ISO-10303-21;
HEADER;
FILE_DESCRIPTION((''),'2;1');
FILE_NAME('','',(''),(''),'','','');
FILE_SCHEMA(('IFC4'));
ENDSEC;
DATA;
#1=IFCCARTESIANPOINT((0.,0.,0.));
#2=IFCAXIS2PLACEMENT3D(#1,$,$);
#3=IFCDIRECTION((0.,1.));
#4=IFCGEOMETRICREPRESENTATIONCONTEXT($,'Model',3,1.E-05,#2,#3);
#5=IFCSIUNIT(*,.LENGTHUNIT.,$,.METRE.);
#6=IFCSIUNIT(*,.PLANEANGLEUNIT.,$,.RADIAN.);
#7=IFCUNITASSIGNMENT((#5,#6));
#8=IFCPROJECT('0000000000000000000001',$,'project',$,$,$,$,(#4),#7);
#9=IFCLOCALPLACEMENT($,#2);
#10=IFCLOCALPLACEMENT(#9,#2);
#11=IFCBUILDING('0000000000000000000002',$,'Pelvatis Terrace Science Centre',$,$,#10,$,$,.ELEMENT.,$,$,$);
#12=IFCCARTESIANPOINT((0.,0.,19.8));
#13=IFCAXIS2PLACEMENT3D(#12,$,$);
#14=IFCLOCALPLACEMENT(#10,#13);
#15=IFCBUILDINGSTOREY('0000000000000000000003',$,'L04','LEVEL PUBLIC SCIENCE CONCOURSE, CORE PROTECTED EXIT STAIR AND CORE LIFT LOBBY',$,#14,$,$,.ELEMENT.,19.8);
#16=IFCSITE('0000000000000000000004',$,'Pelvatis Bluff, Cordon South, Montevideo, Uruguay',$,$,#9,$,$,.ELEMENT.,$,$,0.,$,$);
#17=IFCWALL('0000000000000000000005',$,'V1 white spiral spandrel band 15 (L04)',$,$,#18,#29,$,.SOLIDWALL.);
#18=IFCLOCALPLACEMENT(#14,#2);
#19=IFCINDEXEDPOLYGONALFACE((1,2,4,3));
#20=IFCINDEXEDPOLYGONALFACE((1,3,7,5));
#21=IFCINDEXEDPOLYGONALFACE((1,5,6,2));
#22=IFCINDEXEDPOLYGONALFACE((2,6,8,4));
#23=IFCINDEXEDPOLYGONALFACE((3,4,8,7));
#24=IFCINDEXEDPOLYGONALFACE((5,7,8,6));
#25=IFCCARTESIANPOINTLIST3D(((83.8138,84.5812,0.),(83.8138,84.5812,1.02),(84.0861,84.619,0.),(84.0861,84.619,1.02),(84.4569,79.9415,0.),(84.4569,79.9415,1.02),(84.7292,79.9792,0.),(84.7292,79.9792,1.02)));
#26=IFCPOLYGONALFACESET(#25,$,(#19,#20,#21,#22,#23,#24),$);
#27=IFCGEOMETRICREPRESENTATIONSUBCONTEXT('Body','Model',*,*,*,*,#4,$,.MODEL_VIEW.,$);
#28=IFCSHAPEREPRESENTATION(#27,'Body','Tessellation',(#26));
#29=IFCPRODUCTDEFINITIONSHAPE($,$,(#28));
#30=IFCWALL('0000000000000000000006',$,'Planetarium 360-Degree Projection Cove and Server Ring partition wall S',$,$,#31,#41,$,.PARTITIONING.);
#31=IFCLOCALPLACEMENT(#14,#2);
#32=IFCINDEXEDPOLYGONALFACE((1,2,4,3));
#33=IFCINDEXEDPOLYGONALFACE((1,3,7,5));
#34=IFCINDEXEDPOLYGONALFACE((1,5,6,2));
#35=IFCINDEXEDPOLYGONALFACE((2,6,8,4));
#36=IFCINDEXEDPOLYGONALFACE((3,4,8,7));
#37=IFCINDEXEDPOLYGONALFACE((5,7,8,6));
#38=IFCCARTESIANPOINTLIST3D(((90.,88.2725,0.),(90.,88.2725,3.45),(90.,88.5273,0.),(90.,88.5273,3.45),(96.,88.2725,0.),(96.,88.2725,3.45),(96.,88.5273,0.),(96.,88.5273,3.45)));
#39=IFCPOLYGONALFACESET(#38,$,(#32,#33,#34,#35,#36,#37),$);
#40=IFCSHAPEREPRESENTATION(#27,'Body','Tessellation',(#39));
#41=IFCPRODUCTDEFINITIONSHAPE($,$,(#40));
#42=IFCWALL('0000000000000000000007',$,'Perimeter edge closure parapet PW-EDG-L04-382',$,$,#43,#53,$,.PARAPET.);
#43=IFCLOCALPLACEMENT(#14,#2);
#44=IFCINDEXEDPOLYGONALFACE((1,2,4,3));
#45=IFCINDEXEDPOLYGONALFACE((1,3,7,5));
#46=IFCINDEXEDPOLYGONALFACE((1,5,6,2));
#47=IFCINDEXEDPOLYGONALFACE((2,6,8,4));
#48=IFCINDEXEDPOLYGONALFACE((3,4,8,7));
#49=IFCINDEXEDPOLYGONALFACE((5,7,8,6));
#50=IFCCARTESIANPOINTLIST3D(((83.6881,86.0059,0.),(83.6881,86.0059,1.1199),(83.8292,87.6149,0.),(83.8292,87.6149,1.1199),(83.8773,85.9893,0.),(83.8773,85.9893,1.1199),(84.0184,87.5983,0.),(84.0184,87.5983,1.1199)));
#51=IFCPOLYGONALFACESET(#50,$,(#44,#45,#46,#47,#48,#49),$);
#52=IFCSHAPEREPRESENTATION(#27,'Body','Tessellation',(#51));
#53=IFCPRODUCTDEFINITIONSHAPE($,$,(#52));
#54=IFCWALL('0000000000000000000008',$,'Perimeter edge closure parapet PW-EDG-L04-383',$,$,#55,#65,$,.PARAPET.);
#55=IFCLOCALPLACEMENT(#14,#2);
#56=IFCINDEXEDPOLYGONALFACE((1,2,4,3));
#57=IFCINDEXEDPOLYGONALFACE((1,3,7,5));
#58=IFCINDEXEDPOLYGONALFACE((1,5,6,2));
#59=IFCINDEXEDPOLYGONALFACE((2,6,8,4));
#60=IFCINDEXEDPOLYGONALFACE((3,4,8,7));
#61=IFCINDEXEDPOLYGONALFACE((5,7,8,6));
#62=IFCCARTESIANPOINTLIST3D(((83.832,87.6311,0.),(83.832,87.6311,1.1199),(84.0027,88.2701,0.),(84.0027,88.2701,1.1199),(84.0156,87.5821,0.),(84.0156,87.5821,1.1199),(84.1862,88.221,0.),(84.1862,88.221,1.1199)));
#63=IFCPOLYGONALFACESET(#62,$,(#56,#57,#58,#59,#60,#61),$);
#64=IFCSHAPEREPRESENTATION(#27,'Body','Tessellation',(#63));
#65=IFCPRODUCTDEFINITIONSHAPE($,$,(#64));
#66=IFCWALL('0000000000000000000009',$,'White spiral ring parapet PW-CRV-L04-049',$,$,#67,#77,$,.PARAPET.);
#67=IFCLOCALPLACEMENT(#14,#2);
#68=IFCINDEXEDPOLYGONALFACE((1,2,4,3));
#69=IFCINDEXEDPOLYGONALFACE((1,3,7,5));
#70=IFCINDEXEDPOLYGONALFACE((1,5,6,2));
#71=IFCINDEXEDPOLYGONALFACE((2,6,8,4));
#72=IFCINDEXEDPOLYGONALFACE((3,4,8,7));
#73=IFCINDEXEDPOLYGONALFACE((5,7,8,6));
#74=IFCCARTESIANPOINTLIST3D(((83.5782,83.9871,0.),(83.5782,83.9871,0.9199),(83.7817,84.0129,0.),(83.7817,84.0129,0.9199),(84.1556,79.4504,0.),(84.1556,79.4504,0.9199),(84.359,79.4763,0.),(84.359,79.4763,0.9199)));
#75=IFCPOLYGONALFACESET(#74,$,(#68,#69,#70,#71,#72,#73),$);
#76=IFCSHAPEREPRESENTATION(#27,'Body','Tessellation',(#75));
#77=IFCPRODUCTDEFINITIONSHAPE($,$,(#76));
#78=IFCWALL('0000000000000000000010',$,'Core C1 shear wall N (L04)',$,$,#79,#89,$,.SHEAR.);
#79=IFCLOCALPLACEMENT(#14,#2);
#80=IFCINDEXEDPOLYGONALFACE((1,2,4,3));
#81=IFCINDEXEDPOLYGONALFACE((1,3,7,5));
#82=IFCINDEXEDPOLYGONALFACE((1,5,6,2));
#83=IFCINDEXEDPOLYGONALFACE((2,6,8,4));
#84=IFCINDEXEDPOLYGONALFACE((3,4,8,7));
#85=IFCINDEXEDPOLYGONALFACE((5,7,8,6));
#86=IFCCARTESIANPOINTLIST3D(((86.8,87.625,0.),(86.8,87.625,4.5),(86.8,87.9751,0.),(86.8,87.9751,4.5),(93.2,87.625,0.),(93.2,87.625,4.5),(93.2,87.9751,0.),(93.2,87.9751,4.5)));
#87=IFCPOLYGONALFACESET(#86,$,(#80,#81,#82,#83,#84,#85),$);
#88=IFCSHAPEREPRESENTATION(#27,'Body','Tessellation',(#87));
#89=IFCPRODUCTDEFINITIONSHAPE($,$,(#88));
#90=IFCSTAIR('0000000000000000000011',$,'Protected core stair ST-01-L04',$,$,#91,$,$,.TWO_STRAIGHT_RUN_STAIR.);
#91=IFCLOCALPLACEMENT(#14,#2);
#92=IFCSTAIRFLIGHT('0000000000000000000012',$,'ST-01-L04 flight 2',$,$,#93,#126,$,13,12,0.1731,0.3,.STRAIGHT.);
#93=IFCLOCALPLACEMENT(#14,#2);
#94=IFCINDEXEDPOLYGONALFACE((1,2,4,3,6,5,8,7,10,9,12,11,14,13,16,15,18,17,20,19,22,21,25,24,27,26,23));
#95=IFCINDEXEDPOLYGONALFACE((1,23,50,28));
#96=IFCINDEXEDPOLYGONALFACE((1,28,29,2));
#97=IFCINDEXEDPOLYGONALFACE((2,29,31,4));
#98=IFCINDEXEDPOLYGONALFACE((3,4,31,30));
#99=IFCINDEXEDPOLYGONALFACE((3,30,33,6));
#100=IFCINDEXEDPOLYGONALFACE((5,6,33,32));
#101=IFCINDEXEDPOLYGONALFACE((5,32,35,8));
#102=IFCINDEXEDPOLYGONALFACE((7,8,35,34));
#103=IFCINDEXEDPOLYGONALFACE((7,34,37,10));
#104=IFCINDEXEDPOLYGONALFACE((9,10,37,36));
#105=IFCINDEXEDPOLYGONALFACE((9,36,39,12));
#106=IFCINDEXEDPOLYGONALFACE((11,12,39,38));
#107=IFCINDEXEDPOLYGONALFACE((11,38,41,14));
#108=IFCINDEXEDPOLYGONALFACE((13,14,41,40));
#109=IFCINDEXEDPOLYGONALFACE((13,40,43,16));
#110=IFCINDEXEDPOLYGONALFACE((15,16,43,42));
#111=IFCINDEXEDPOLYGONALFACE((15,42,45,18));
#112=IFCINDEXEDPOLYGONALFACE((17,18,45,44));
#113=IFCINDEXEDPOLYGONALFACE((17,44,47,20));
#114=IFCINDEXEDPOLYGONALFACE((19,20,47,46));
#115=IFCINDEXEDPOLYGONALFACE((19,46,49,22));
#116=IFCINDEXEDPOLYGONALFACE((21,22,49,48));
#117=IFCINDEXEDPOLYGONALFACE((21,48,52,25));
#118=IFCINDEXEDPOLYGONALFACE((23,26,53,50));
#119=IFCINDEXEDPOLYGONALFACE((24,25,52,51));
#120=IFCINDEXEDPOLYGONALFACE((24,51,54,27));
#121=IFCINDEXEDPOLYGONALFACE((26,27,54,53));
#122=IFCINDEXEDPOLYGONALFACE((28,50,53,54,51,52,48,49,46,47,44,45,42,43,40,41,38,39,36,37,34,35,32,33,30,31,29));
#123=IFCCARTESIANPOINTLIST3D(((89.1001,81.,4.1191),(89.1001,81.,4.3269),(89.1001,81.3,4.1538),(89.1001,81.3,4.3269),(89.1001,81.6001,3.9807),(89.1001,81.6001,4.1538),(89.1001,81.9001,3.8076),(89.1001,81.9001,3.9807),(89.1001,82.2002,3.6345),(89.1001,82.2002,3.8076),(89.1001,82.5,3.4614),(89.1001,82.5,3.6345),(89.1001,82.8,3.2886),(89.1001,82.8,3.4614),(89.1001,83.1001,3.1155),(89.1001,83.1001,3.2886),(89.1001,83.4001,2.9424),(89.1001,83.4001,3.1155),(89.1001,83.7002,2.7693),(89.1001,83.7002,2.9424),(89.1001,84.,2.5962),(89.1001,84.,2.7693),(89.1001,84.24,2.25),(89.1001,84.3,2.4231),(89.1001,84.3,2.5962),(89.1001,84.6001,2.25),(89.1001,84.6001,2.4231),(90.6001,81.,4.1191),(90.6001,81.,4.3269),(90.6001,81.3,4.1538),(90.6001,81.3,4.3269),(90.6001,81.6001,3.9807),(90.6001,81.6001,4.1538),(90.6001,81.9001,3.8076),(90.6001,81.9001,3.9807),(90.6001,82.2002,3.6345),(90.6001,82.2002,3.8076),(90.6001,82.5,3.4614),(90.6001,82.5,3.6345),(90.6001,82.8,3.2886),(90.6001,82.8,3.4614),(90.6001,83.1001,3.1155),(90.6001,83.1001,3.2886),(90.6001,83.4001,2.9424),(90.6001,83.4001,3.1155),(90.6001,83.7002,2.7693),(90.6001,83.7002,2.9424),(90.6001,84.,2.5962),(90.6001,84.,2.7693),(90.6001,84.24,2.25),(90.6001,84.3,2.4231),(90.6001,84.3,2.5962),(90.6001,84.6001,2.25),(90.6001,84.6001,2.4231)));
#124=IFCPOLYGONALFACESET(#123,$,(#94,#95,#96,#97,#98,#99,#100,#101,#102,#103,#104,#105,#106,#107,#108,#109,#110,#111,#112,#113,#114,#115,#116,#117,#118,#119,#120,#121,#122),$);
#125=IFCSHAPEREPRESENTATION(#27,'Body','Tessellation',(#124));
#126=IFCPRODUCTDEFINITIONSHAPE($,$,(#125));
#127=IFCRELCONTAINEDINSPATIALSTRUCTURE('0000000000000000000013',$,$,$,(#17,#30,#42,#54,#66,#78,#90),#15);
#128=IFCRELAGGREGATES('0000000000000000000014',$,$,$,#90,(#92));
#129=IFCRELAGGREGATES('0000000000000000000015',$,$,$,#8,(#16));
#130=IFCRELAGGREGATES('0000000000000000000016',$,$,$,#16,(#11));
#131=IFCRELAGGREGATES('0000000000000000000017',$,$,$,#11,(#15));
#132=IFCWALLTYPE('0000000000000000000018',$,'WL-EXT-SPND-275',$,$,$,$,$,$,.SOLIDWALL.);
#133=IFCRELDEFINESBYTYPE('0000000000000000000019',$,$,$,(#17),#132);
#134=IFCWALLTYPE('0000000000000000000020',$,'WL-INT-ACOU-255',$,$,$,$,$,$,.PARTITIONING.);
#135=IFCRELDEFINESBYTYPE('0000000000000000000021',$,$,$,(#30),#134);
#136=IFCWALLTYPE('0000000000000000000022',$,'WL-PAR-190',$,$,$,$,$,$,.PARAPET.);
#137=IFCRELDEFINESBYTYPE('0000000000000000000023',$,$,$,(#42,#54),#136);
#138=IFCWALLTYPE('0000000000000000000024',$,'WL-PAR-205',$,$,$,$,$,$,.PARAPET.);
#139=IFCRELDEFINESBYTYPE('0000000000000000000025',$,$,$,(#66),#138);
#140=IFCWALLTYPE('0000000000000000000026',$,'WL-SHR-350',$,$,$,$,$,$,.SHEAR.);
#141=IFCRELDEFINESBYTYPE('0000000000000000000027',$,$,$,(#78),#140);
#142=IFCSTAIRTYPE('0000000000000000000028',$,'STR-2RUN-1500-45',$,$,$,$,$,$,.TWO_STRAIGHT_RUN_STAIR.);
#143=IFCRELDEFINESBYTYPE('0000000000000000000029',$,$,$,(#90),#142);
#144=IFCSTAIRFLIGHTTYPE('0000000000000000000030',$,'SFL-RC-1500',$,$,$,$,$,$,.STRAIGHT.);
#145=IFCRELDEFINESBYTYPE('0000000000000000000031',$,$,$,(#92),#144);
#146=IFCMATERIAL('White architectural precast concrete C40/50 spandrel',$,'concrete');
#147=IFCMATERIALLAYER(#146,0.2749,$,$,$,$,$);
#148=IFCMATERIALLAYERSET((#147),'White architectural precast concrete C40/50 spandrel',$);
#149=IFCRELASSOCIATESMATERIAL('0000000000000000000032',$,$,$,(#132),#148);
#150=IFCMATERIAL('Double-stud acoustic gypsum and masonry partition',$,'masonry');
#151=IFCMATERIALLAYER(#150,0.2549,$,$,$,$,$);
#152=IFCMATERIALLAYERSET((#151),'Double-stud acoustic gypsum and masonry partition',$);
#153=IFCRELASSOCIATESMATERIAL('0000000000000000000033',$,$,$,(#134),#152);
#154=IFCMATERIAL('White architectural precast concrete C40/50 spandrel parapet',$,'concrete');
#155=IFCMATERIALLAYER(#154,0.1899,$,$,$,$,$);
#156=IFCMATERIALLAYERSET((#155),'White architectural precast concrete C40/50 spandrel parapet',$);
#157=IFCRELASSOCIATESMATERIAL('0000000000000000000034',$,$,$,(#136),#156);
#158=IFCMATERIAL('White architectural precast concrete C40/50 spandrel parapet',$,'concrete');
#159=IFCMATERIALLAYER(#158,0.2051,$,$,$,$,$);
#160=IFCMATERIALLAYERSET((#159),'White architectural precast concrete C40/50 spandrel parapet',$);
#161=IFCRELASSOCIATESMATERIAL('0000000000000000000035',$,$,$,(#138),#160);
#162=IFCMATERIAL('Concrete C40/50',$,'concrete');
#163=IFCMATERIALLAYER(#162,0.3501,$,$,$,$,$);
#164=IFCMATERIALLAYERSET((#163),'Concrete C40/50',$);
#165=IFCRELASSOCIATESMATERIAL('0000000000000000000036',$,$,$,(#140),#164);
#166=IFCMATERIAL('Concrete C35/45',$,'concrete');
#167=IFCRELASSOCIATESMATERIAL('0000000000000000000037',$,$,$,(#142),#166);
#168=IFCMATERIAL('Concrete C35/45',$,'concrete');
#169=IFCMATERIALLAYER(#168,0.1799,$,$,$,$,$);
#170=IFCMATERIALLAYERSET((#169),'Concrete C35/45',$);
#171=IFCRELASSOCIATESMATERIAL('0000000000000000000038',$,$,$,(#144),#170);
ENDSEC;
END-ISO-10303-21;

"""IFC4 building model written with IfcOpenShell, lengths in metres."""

from ifc_helpers import new_model, si_unit, direction, frame, frame_2d, origin, place, context, subcontext, project, spatial, polyline, rectangle, outline, extrude, material, layer, layer_set, type_object, element, aggregate, save


model = new_model("IFC4")

# Units and contexts
model_context = context("Model", 3, precision=1e-05, world=origin(), true_north=direction((0.0, 1.0)))
body_context = subcontext(model_context, "Body", "Model", "MODEL_VIEW")
ifc_project = project(units=[si_unit("LENGTHUNIT", "METRE"), si_unit("PLANEANGLEUNIT", "RADIAN")], contexts=[model_context])

# Site, building, storey
site_placement = place(None, origin())
site = spatial("IfcSite", under=ifc_project, at=site_placement, Name="Pelvatis Bluff, Cordon South, Montevideo, Uruguay", CompositionType="ELEMENT", RefElevation=0.0)
building_placement = place(site_placement, origin())
building = spatial("IfcBuilding", under=site, at=building_placement, Name="Pelvatis Terrace Science Centre", CompositionType="ELEMENT")
storey_placement = place(building_placement, frame((0.0, 0.0, 19.8)))
storey = spatial("IfcBuildingStorey", under=building, at=storey_placement, Name="L04", Description="LEVEL PUBLIC SCIENCE CONCOURSE, CORE PROTECTED EXIT STAIR AND CORE LIFT LOBBY", CompositionType="ELEMENT", Elevation=19.8)

# Walls
ifc_material_1 = material(Name="White architectural precast concrete C40/50 spandrel", Category="concrete")
ifc_layer_1 = layer(ifc_material_1, 0.2749)
ifc_layer_set_1 = layer_set([ifc_layer_1], Name="White architectural precast concrete C40/50 spandrel")
wall_type_1 = type_object("IfcWallType", Name="WL-EXT-SPND-275", PredefinedType="SOLIDWALL", material=ifc_layer_set_1)
wall_1_placement = place(storey_placement, frame((83.95, 84.6001, 0.0), z_axis=(0.0, 0.0, 1.0), x_axis=(0.13729, -0.990531, 0.0)))
element("IfcWall", 1, at=wall_1_placement, inside=storey, type_object=wall_type_1, Name="V1 white spiral spandrel band 15 (L04)", PredefinedType="SOLIDWALL", context=body_context, shape_type="SweptSolid", body=[
    extrude(rectangle(XDim=4.6841, YDim=0.2749, at=frame_2d((2.342, 0.0))), origin(), (0.0, 0.0, 1.0), 1.02),
])
ifc_material_2 = material(Name="Double-stud acoustic gypsum and masonry partition", Category="masonry")
ifc_layer_2 = layer(ifc_material_2, 0.2549)
ifc_layer_set_2 = layer_set([ifc_layer_2], Name="Double-stud acoustic gypsum and masonry partition")
wall_type_2 = type_object("IfcWallType", Name="WL-INT-ACOU-255", PredefinedType="PARTITIONING", material=ifc_layer_set_2)
wall_2_placement = place(storey_placement, frame((90.0, 88.3999, 0.0), z_axis=(0.0, 0.0, 1.0), x_axis=(1.0, 0.0, 0.0)))
element("IfcWall", 2, at=wall_2_placement, inside=storey, type_object=wall_type_2, Name="Planetarium 360-Degree Projection Cove and Server Ring partition wall S", PredefinedType="PARTITIONING", context=body_context, shape_type="SweptSolid", body=[
    extrude(rectangle(XDim=6.0, YDim=0.2549, at=frame_2d((3.0, 0.0))), origin(), (0.0, 0.0, 1.0), 3.45),
])
ifc_material_3 = material(Name="White architectural precast concrete C40/50 spandrel parapet", Category="concrete")
ifc_layer_3 = layer(ifc_material_3, 0.1899)
ifc_layer_set_3 = layer_set([ifc_layer_3], Name="White architectural precast concrete C40/50 spandrel parapet")
wall_type_3 = type_object("IfcWallType", Name="WL-PAR-190", PredefinedType="PARAPET", material=ifc_layer_set_3)
wall_3_placement = place(storey_placement, frame((83.7827, 85.9976, 0.0), z_axis=(0.0, 0.0, 1.0), x_axis=(0.08736, 0.996177, 0.0)))
element("IfcWall", 3, at=wall_3_placement, inside=storey, type_object=wall_type_3, Name="Perimeter edge closure parapet PW-EDG-L04-382", PredefinedType="PARAPET", context=body_context, shape_type="SweptSolid", body=[
    extrude(rectangle(XDim=1.6152, YDim=0.1899, at=frame_2d((0.8076, 0.0))), origin(), (0.0, 0.0, 1.0), 1.1199),
])
wall_4_placement = place(storey_placement, frame((83.9238, 87.6067, 0.0), z_axis=(0.0, 0.0, 1.0), x_axis=(0.258053, 0.966131, 0.0)))
element("IfcWall", 4, at=wall_4_placement, inside=storey, type_object=wall_type_3, Name="Perimeter edge closure parapet PW-EDG-L04-383", PredefinedType="PARAPET", context=body_context, shape_type="SweptSolid", body=[
    extrude(rectangle(XDim=0.6614, YDim=0.1899, at=frame_2d((0.3306, 0.0))), origin(), (0.0, 0.0, 1.0), 1.1199),
])
ifc_material_4 = material(Name="White architectural precast concrete C40/50 spandrel parapet", Category="concrete")
ifc_layer_4 = layer(ifc_material_4, 0.2051)
ifc_layer_set_4 = layer_set([ifc_layer_4], Name="White architectural precast concrete C40/50 spandrel parapet")
wall_type_4 = type_object("IfcWallType", Name="WL-PAR-205", PredefinedType="PARAPET", material=ifc_layer_set_4)
wall_5_placement = place(storey_placement, frame((83.6799, 84.0, 0.0), z_axis=(0.0, 0.0, 1.0), x_axis=(0.126255, -0.991998, 0.0)))
element("IfcWall", 5, at=wall_5_placement, inside=storey, type_object=wall_type_4, Name="White spiral ring parapet PW-CRV-L04-049", PredefinedType="PARAPET", context=body_context, shape_type="SweptSolid", body=[
    extrude(rectangle(XDim=4.5732, YDim=0.2051, at=frame_2d((2.2866, 0.0))), origin(), (0.0, 0.0, 1.0), 0.9199),
])
ifc_material_5 = material(Name="Concrete C40/50", Category="concrete")
ifc_layer_5 = layer(ifc_material_5, 0.3501)
ifc_layer_set_5 = layer_set([ifc_layer_5], Name="Concrete C40/50")
wall_type_5 = type_object("IfcWallType", Name="WL-SHR-350", PredefinedType="SHEAR", material=ifc_layer_set_5)
wall_6_placement = place(storey_placement, frame((86.8, 87.8, 0.0), z_axis=(0.0, 0.0, 1.0), x_axis=(1.0, 0.0, 0.0)))
element("IfcWall", 6, at=wall_6_placement, inside=storey, type_object=wall_type_5, Name="Core C1 shear wall N (L04)", PredefinedType="SHEAR", context=body_context, shape_type="SweptSolid", body=[
    extrude(rectangle(XDim=6.3999, YDim=0.3501, at=frame_2d((3.2, 0.0))), origin(), (0.0, 0.0, 1.0), 4.5),
])

# Stair, stair flight
ifc_material_6 = material(Name="Concrete C35/45", Category="concrete")
stair_type = type_object("IfcStairType", Name="STR-2RUN-1500-45", PredefinedType="TWO_STRAIGHT_RUN_STAIR", material=ifc_material_6)
stair_placement = place(storey_placement, origin())
stair = element("IfcStair", 7, at=stair_placement, inside=storey, type_object=stair_type, Name="Protected core stair ST-01-L04", PredefinedType="TWO_STRAIGHT_RUN_STAIR")
ifc_material_7 = material(Name="Concrete C35/45", Category="concrete")
ifc_layer_6 = layer(ifc_material_7, 0.1799)
ifc_layer_set_6 = layer_set([ifc_layer_6], Name="Concrete C35/45")
stair_flight_type = type_object("IfcStairFlightType", Name="SFL-RC-1500", PredefinedType="STRAIGHT", material=ifc_layer_set_6)
stair_flight_placement = place(storey_placement, frame((89.8501, 84.6001, 2.25), z_axis=(0.0, 0.0, 1.0), x_axis=(0.0, -1.0, 0.0)))
stair_flight = element("IfcStairFlight", 8, at=stair_flight_placement, type_object=stair_flight_type, Name="ST-01-L04 flight 2", NumberOfRisers=13, NumberOfTreads=12, PredefinedType="STRAIGHT", RiserHeight=0.1731, TreadLength=0.3, context=body_context, shape_type="SweptSolid", body=[
    extrude(outline(polyline([(0.0, 0.0), (0.0, 0.1731), (0.3, 0.1731), (0.3, 0.3462), (0.6001, 0.3462), (0.6001, 0.5193), (0.8999, 0.5193), (0.8999, 0.6924), (1.2, 0.6924), (1.2, 0.8655), (1.5, 0.8655), (1.5, 1.0386), (1.8, 1.0386), (1.8, 1.2114), (2.1001, 1.2114), (2.1001, 1.3845), (2.3999, 1.3845), (2.3999, 1.5576), (2.7, 1.5576), (2.7, 1.7307), (3.0, 1.7307), (3.0, 1.9038), (3.3, 1.9038), (3.3, 2.0769), (3.6001, 2.0769), (3.6001, 2.25), (3.6001, 1.8691), (0.3601, 0.0), (0.0, 0.0)])), frame((0.0, 0.75, 0.0), z_axis=(0.0, -1.0, 0.0), x_axis=(1.0, 0.0, 0.0)), (0.0, 0.0, 1.0), 1.5),
])
aggregate(stair, [stair_flight])

save(model, "model.ifc")
